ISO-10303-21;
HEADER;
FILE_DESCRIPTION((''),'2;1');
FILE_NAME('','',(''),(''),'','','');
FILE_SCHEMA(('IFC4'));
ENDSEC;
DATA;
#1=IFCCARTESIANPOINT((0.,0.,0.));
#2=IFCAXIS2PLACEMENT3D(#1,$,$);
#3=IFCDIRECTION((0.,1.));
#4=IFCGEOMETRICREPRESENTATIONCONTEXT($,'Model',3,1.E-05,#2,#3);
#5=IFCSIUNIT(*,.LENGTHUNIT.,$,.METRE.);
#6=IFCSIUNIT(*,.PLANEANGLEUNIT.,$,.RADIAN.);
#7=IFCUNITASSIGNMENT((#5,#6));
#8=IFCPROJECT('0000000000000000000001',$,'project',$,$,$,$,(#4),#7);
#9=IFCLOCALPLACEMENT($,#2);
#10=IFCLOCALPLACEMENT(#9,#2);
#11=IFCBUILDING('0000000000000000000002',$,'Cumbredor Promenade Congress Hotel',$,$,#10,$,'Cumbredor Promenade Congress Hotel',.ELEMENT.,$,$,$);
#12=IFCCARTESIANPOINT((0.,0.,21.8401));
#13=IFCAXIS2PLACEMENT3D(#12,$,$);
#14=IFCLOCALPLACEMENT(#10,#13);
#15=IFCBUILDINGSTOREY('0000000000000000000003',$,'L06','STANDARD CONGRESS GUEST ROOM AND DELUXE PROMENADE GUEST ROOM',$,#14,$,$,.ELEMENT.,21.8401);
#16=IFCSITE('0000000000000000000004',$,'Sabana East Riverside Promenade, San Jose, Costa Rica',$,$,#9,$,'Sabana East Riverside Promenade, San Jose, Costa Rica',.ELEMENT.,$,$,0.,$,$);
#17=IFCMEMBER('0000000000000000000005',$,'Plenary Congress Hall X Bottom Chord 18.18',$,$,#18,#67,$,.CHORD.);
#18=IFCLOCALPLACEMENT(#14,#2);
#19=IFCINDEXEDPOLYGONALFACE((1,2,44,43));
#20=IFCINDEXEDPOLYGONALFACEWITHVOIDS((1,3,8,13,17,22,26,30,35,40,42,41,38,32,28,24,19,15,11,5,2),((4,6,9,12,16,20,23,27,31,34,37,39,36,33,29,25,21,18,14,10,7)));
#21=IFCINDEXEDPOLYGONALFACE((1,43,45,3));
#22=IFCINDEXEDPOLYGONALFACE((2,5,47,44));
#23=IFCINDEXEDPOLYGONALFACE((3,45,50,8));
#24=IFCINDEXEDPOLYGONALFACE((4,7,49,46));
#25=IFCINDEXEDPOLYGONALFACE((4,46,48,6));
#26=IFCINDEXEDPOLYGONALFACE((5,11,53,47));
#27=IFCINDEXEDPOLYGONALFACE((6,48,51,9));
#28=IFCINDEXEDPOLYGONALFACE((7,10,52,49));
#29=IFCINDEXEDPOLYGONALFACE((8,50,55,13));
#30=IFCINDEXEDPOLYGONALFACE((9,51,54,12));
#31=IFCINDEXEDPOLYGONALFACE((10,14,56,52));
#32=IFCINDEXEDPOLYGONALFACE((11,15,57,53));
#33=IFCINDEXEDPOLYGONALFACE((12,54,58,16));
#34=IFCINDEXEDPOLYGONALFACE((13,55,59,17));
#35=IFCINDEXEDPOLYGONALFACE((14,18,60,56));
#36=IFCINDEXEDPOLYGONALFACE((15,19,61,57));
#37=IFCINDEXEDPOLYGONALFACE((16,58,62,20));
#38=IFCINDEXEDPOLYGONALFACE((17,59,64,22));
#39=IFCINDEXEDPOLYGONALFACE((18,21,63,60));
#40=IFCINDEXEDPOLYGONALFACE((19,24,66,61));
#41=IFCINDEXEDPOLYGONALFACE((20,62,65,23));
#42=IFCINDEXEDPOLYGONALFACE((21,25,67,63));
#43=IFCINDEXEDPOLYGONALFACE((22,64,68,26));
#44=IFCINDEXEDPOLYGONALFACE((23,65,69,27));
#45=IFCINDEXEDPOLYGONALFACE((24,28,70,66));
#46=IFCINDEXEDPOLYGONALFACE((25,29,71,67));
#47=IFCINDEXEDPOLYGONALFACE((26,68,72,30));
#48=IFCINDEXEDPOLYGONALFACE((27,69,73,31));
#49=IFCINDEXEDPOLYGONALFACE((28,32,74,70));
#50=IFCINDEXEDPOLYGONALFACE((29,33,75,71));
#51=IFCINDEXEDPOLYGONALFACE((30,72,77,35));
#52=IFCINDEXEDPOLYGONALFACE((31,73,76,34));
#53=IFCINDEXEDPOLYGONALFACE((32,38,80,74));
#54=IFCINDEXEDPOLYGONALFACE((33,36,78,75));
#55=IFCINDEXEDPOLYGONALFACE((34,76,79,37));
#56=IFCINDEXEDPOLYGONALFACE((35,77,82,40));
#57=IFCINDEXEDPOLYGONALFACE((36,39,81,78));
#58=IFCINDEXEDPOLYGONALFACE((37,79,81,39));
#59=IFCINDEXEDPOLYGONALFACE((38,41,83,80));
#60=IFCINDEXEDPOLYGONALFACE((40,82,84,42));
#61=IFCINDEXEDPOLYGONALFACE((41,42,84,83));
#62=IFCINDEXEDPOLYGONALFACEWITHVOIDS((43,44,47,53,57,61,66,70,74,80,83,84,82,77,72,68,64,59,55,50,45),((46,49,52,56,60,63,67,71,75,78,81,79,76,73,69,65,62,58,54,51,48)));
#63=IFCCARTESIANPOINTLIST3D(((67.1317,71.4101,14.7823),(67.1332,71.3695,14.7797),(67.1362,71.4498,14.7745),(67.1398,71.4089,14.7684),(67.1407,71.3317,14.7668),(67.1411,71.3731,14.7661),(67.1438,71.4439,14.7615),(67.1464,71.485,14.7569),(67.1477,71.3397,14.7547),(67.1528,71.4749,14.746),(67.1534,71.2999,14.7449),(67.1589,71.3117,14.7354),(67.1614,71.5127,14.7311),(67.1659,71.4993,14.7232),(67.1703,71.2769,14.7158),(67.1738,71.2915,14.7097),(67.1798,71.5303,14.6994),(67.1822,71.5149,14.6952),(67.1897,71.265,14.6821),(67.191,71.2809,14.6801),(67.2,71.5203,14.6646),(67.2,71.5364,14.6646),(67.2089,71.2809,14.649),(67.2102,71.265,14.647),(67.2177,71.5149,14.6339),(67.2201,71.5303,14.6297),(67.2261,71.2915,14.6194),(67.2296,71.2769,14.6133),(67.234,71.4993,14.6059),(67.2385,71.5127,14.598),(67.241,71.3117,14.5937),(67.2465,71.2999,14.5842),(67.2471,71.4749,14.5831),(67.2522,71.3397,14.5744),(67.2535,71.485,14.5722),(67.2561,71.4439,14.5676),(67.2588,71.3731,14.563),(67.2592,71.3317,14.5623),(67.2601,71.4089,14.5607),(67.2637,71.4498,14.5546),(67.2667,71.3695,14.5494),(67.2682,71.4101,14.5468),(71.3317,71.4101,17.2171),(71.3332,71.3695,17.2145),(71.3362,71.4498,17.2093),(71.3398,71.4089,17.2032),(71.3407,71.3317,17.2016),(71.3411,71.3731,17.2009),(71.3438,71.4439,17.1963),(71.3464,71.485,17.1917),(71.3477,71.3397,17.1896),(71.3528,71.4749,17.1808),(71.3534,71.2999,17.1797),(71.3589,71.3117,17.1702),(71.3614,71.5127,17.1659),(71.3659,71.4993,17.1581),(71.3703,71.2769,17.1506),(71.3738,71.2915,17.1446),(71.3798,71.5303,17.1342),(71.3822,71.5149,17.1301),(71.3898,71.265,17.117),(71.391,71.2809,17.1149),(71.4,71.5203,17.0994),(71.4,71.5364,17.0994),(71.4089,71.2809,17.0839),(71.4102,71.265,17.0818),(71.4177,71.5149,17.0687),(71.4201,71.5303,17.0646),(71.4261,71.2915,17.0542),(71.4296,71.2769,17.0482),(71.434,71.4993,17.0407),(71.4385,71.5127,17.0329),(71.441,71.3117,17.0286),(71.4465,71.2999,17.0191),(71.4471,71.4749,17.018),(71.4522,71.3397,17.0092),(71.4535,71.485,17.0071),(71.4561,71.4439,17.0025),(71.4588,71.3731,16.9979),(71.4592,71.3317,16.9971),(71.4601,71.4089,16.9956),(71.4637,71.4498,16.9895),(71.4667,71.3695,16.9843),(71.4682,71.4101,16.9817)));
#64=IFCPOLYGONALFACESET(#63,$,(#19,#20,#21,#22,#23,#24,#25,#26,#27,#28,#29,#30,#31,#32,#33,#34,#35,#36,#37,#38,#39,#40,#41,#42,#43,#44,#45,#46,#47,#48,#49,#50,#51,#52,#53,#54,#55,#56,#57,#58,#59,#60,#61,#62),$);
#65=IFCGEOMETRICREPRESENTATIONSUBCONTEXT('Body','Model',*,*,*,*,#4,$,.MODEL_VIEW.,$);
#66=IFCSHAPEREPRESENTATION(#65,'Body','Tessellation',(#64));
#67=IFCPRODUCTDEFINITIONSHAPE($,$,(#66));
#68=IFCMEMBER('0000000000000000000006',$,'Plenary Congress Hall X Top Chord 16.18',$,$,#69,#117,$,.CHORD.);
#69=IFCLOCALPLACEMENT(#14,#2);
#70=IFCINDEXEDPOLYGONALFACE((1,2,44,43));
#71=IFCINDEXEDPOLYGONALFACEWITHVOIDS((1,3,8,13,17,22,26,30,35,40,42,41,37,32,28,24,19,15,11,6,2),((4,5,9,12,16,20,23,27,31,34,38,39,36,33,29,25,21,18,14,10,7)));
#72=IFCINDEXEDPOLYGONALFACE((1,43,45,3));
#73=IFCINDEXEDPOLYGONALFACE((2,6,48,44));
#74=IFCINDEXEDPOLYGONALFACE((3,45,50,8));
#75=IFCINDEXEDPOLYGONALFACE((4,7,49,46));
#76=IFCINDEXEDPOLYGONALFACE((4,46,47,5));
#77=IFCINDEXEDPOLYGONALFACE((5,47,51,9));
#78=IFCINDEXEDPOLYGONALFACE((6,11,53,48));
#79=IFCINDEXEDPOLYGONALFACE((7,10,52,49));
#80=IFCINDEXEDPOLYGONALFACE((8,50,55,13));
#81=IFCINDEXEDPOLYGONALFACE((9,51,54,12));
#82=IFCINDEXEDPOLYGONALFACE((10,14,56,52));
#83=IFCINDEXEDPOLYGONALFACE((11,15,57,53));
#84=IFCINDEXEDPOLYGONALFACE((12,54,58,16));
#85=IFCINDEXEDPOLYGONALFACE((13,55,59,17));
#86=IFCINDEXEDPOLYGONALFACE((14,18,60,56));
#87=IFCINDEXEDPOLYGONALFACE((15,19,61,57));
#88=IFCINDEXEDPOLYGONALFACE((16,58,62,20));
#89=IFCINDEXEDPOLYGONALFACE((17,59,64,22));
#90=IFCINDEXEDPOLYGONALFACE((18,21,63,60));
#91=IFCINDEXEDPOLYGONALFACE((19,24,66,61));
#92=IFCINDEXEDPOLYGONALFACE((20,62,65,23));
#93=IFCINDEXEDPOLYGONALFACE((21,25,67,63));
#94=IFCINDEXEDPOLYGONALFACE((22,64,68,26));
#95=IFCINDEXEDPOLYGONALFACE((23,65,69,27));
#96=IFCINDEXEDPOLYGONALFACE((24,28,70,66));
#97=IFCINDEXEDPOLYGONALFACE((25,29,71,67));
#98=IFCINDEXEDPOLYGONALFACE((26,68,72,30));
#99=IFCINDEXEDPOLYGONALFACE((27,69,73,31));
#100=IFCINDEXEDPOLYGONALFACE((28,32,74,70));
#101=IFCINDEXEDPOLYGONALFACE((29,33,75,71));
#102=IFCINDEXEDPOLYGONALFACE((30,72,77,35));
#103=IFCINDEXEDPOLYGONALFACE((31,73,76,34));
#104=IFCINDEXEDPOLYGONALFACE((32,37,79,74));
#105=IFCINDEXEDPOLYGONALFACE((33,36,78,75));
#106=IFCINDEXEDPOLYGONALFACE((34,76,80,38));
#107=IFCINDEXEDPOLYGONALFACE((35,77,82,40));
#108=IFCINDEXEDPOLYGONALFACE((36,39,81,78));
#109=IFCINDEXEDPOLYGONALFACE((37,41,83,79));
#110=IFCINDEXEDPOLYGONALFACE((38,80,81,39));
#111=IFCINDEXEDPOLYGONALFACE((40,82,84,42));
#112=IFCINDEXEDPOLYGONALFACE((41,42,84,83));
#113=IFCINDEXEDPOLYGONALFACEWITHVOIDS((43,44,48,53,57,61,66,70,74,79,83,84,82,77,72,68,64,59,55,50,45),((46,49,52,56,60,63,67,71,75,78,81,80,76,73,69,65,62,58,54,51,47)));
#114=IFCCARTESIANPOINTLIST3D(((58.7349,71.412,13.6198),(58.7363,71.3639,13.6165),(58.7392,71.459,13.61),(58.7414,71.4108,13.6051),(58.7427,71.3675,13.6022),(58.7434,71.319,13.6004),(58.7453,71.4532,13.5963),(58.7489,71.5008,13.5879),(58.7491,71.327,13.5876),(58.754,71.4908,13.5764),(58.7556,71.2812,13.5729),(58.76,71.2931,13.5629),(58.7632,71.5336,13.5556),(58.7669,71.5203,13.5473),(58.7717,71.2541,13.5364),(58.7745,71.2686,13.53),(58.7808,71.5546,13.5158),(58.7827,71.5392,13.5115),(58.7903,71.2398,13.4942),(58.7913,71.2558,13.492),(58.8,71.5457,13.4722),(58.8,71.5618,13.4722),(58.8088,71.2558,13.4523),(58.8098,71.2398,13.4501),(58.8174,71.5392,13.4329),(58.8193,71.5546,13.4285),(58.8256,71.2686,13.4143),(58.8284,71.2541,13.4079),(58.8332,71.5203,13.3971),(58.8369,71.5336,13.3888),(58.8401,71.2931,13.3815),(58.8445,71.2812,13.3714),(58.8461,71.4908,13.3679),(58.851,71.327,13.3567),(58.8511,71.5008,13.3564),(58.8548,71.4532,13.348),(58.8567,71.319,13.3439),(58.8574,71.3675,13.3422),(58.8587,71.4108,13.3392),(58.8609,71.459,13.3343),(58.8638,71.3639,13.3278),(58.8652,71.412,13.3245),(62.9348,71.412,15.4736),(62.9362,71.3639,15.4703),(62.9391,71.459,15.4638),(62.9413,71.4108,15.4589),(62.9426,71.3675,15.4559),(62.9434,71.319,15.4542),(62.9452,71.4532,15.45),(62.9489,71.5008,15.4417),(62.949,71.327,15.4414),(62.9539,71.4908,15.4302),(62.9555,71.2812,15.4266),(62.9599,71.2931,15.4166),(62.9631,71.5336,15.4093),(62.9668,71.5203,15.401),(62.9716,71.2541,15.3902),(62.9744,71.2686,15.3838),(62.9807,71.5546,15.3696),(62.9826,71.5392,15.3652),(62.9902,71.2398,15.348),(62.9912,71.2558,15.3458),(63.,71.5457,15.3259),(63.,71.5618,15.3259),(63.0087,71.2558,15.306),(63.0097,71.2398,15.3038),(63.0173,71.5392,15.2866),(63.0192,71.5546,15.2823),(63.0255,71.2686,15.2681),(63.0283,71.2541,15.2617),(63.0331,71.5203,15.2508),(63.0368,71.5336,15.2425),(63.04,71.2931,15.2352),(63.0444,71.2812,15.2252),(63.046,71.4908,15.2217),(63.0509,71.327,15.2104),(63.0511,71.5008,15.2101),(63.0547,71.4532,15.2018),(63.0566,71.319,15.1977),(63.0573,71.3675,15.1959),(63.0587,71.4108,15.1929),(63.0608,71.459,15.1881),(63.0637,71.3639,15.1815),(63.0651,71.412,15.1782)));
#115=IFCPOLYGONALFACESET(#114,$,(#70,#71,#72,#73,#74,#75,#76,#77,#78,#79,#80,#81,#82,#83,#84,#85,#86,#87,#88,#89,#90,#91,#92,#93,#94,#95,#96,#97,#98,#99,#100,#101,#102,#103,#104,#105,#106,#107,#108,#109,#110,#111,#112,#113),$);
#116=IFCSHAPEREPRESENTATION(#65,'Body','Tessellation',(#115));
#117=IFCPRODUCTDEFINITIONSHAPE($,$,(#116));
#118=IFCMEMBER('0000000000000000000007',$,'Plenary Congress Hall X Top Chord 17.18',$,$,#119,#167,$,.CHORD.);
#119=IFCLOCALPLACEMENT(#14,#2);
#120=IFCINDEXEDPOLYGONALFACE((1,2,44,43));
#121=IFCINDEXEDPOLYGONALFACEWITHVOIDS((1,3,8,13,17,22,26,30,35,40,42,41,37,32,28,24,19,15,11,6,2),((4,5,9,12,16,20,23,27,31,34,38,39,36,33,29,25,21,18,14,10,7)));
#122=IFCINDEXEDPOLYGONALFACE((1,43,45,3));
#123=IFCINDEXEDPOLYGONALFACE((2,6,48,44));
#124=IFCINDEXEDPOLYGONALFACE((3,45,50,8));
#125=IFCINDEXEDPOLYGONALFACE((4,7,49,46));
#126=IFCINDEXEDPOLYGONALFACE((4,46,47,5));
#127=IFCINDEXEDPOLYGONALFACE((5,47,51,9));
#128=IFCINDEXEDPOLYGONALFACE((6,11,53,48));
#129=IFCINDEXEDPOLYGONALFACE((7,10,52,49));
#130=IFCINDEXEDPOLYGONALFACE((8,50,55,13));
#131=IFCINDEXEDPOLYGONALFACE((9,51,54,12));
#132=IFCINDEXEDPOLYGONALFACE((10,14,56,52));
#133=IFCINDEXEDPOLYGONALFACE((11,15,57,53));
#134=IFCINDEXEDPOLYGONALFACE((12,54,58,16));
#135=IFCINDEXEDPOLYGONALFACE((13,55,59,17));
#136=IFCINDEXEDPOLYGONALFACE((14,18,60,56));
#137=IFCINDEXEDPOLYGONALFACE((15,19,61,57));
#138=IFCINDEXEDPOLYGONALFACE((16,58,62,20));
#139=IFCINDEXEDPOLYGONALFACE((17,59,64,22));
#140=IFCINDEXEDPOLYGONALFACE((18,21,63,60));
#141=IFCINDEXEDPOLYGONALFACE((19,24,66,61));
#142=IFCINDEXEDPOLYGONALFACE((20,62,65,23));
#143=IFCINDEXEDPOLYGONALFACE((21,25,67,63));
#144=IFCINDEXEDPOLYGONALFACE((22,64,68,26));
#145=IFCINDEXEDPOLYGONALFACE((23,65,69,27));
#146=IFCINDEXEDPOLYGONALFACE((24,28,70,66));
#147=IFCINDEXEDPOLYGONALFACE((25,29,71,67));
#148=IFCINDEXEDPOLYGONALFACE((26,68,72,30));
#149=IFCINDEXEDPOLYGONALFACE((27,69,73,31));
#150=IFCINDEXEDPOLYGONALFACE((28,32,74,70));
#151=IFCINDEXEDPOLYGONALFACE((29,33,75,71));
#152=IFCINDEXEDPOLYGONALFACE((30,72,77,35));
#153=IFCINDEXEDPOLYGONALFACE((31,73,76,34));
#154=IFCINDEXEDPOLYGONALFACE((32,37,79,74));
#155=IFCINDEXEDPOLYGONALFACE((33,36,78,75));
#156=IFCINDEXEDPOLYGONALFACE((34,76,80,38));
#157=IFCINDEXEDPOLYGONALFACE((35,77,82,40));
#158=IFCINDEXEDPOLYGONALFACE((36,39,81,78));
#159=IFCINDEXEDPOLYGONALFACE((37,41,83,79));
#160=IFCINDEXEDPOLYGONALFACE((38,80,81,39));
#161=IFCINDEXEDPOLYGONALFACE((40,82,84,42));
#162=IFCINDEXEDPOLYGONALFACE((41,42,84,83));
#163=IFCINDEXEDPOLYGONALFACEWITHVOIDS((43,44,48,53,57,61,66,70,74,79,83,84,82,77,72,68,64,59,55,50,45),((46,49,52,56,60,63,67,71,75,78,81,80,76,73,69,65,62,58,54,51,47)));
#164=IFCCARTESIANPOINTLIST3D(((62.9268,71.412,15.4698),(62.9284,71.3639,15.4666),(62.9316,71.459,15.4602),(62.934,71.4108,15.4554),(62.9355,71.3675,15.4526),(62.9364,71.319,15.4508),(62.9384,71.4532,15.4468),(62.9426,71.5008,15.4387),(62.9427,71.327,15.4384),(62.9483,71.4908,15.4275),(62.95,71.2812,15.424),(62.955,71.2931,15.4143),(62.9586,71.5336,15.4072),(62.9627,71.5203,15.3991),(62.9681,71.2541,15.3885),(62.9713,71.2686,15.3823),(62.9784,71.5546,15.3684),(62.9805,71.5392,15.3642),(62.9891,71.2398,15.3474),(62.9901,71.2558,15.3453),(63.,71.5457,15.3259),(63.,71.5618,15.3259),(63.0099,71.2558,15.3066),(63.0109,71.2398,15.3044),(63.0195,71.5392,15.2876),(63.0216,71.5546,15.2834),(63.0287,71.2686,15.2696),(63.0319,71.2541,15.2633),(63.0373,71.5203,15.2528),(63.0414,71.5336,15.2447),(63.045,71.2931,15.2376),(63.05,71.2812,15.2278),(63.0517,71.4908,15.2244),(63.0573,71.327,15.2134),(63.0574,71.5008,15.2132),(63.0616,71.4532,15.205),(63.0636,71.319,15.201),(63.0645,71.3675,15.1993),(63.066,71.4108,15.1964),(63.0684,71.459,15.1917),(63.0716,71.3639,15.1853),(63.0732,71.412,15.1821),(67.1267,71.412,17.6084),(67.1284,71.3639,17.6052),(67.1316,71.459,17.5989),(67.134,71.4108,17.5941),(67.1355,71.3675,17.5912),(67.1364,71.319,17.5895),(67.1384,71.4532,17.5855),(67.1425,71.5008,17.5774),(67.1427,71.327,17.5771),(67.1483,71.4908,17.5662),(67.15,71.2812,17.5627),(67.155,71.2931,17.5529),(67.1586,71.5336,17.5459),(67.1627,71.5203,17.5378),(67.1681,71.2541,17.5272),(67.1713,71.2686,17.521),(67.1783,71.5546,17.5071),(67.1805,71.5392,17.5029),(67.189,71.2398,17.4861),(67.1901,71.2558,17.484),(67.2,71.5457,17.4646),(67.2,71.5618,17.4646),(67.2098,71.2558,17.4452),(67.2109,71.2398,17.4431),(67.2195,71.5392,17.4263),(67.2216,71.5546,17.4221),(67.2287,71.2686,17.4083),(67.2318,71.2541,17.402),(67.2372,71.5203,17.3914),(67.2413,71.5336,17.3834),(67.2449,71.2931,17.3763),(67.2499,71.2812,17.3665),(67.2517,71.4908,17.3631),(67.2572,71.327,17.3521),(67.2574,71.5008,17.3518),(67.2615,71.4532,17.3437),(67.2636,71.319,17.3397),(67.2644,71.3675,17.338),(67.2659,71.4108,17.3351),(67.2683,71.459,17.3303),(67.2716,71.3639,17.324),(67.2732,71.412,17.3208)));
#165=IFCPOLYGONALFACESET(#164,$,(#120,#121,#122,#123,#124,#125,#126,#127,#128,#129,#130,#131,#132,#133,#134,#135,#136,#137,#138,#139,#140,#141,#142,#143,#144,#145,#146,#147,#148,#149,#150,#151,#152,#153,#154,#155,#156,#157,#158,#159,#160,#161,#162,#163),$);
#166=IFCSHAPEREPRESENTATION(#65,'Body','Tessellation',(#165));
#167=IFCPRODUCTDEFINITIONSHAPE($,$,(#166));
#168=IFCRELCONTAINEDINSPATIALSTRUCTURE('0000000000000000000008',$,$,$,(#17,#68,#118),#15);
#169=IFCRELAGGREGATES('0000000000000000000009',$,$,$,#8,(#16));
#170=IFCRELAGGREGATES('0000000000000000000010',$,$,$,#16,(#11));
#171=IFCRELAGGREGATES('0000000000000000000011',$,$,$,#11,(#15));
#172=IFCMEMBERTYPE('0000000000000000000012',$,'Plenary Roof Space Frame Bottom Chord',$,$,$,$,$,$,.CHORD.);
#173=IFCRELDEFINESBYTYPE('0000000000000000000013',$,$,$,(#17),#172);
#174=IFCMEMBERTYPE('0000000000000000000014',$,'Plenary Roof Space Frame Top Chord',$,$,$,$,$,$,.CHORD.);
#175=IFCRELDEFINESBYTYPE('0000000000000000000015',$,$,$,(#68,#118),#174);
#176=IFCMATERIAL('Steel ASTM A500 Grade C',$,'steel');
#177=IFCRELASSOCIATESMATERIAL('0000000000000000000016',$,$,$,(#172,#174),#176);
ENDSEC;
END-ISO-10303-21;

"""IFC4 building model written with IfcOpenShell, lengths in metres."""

from ifc_helpers import new_model, si_unit, direction, frame, origin, origin_2d, place, context, subcontext, project, spatial, hollow_circle, extrude, material, material_profile, profile_set, type_object, element, save


model = new_model("IFC4")

# Units and contexts
model_context = context("Model", 3, precision=1e-05, world=origin(), true_north=direction((0.0, 1.0)))
body_context = subcontext(model_context, "Body", "Model", "MODEL_VIEW")
ifc_project = project(units=[si_unit("LENGTHUNIT", "METRE"), si_unit("PLANEANGLEUNIT", "RADIAN")], contexts=[model_context])

# Site, building, storey
site_placement = place(None, origin())
site = spatial("IfcSite", under=ifc_project, at=site_placement, Name="Sabana East Riverside Promenade, San Jose, Costa Rica", LongName="Sabana East Riverside Promenade, San Jose, Costa Rica", CompositionType="ELEMENT", RefElevation=0.0)
building_placement = place(site_placement, origin())
building = spatial("IfcBuilding", under=site, at=building_placement, Name="Cumbredor Promenade Congress Hotel", LongName="Cumbredor Promenade Congress Hotel", CompositionType="ELEMENT")
storey_placement = place(building_placement, frame((0.0, 0.0, 21.8401)))
storey = spatial("IfcBuildingStorey", under=building, at=storey_placement, Name="L06", Description="STANDARD CONGRESS GUEST ROOM AND DELUXE PROMENADE GUEST ROOM", CompositionType="ELEMENT", Elevation=21.8401)

# Members
ifc_material_1 = material(Name="Steel ASTM A500 Grade C", Category="steel")
ifc_material_profile_1 = material_profile(ifc_material_1, hollow_circle(Radius=0.1365, WallThickness=0.0161, at=origin_2d()), Name="CHS 273.0x16")
ifc_profile_set_1 = profile_set([ifc_material_profile_1], Name="Steel ASTM A500 Grade C")
member_type_1 = type_object("IfcMemberType", Name="Plenary Roof Space Frame Bottom Chord", PredefinedType="CHORD", material=ifc_profile_set_1)
member_1_placement = place(storey_placement, frame((67.2, 71.3999, 14.6646), z_axis=(0.865135, 0.0, 0.50154), x_axis=(0.0, 1.0, 0.0)))
element("IfcMember", 1, at=member_1_placement, inside=storey, type_object=member_type_1, Name="Plenary Congress Hall X Bottom Chord 18.18", PredefinedType="CHORD", context=body_context, shape_type="SweptSolid", body=[
    extrude(hollow_circle(Radius=0.1365, WallThickness=0.0161, at=origin_2d()), origin(), (0.0, 0.0, 1.0), 4.8547),
])
ifc_material_profile_2 = material_profile(ifc_material_1, hollow_circle(Radius=0.1619, WallThickness=0.0161, at=origin_2d()), Name="CHS 323.9x16")
ifc_profile_set_2 = profile_set([ifc_material_profile_2], Name="Steel ASTM A500 Grade C")
member_type_2 = type_object("IfcMemberType", Name="Plenary Roof Space Frame Top Chord", PredefinedType="CHORD", material=ifc_profile_set_2)
member_2_placement = place(storey_placement, frame((58.8, 71.3999, 13.4722), z_axis=(0.91485, 0.0, 0.403793), x_axis=(0.0, 1.0, 0.0)))
element("IfcMember", 2, at=member_2_placement, inside=storey, type_object=member_type_2, Name="Plenary Congress Hall X Top Chord 16.18", PredefinedType="CHORD", context=body_context, shape_type="SweptSolid", body=[
    extrude(hollow_circle(Radius=0.1619, WallThickness=0.0161, at=origin_2d()), origin(), (0.0, 0.0, 1.0), 4.5908),
])
member_3_placement = place(storey_placement, frame((63.0, 71.3999, 15.3259), z_axis=(0.891119, 0.0, 0.45377), x_axis=(0.0, 1.0, 0.0)))
element("IfcMember", 3, at=member_3_placement, inside=storey, type_object=member_type_2, Name="Plenary Congress Hall X Top Chord 17.18", PredefinedType="CHORD", context=body_context, shape_type="SweptSolid", body=[
    extrude(hollow_circle(Radius=0.1619, WallThickness=0.0161, at=origin_2d()), origin(), (0.0, 0.0, 1.0), 4.7131),
])

save(model, "model.ifc")
